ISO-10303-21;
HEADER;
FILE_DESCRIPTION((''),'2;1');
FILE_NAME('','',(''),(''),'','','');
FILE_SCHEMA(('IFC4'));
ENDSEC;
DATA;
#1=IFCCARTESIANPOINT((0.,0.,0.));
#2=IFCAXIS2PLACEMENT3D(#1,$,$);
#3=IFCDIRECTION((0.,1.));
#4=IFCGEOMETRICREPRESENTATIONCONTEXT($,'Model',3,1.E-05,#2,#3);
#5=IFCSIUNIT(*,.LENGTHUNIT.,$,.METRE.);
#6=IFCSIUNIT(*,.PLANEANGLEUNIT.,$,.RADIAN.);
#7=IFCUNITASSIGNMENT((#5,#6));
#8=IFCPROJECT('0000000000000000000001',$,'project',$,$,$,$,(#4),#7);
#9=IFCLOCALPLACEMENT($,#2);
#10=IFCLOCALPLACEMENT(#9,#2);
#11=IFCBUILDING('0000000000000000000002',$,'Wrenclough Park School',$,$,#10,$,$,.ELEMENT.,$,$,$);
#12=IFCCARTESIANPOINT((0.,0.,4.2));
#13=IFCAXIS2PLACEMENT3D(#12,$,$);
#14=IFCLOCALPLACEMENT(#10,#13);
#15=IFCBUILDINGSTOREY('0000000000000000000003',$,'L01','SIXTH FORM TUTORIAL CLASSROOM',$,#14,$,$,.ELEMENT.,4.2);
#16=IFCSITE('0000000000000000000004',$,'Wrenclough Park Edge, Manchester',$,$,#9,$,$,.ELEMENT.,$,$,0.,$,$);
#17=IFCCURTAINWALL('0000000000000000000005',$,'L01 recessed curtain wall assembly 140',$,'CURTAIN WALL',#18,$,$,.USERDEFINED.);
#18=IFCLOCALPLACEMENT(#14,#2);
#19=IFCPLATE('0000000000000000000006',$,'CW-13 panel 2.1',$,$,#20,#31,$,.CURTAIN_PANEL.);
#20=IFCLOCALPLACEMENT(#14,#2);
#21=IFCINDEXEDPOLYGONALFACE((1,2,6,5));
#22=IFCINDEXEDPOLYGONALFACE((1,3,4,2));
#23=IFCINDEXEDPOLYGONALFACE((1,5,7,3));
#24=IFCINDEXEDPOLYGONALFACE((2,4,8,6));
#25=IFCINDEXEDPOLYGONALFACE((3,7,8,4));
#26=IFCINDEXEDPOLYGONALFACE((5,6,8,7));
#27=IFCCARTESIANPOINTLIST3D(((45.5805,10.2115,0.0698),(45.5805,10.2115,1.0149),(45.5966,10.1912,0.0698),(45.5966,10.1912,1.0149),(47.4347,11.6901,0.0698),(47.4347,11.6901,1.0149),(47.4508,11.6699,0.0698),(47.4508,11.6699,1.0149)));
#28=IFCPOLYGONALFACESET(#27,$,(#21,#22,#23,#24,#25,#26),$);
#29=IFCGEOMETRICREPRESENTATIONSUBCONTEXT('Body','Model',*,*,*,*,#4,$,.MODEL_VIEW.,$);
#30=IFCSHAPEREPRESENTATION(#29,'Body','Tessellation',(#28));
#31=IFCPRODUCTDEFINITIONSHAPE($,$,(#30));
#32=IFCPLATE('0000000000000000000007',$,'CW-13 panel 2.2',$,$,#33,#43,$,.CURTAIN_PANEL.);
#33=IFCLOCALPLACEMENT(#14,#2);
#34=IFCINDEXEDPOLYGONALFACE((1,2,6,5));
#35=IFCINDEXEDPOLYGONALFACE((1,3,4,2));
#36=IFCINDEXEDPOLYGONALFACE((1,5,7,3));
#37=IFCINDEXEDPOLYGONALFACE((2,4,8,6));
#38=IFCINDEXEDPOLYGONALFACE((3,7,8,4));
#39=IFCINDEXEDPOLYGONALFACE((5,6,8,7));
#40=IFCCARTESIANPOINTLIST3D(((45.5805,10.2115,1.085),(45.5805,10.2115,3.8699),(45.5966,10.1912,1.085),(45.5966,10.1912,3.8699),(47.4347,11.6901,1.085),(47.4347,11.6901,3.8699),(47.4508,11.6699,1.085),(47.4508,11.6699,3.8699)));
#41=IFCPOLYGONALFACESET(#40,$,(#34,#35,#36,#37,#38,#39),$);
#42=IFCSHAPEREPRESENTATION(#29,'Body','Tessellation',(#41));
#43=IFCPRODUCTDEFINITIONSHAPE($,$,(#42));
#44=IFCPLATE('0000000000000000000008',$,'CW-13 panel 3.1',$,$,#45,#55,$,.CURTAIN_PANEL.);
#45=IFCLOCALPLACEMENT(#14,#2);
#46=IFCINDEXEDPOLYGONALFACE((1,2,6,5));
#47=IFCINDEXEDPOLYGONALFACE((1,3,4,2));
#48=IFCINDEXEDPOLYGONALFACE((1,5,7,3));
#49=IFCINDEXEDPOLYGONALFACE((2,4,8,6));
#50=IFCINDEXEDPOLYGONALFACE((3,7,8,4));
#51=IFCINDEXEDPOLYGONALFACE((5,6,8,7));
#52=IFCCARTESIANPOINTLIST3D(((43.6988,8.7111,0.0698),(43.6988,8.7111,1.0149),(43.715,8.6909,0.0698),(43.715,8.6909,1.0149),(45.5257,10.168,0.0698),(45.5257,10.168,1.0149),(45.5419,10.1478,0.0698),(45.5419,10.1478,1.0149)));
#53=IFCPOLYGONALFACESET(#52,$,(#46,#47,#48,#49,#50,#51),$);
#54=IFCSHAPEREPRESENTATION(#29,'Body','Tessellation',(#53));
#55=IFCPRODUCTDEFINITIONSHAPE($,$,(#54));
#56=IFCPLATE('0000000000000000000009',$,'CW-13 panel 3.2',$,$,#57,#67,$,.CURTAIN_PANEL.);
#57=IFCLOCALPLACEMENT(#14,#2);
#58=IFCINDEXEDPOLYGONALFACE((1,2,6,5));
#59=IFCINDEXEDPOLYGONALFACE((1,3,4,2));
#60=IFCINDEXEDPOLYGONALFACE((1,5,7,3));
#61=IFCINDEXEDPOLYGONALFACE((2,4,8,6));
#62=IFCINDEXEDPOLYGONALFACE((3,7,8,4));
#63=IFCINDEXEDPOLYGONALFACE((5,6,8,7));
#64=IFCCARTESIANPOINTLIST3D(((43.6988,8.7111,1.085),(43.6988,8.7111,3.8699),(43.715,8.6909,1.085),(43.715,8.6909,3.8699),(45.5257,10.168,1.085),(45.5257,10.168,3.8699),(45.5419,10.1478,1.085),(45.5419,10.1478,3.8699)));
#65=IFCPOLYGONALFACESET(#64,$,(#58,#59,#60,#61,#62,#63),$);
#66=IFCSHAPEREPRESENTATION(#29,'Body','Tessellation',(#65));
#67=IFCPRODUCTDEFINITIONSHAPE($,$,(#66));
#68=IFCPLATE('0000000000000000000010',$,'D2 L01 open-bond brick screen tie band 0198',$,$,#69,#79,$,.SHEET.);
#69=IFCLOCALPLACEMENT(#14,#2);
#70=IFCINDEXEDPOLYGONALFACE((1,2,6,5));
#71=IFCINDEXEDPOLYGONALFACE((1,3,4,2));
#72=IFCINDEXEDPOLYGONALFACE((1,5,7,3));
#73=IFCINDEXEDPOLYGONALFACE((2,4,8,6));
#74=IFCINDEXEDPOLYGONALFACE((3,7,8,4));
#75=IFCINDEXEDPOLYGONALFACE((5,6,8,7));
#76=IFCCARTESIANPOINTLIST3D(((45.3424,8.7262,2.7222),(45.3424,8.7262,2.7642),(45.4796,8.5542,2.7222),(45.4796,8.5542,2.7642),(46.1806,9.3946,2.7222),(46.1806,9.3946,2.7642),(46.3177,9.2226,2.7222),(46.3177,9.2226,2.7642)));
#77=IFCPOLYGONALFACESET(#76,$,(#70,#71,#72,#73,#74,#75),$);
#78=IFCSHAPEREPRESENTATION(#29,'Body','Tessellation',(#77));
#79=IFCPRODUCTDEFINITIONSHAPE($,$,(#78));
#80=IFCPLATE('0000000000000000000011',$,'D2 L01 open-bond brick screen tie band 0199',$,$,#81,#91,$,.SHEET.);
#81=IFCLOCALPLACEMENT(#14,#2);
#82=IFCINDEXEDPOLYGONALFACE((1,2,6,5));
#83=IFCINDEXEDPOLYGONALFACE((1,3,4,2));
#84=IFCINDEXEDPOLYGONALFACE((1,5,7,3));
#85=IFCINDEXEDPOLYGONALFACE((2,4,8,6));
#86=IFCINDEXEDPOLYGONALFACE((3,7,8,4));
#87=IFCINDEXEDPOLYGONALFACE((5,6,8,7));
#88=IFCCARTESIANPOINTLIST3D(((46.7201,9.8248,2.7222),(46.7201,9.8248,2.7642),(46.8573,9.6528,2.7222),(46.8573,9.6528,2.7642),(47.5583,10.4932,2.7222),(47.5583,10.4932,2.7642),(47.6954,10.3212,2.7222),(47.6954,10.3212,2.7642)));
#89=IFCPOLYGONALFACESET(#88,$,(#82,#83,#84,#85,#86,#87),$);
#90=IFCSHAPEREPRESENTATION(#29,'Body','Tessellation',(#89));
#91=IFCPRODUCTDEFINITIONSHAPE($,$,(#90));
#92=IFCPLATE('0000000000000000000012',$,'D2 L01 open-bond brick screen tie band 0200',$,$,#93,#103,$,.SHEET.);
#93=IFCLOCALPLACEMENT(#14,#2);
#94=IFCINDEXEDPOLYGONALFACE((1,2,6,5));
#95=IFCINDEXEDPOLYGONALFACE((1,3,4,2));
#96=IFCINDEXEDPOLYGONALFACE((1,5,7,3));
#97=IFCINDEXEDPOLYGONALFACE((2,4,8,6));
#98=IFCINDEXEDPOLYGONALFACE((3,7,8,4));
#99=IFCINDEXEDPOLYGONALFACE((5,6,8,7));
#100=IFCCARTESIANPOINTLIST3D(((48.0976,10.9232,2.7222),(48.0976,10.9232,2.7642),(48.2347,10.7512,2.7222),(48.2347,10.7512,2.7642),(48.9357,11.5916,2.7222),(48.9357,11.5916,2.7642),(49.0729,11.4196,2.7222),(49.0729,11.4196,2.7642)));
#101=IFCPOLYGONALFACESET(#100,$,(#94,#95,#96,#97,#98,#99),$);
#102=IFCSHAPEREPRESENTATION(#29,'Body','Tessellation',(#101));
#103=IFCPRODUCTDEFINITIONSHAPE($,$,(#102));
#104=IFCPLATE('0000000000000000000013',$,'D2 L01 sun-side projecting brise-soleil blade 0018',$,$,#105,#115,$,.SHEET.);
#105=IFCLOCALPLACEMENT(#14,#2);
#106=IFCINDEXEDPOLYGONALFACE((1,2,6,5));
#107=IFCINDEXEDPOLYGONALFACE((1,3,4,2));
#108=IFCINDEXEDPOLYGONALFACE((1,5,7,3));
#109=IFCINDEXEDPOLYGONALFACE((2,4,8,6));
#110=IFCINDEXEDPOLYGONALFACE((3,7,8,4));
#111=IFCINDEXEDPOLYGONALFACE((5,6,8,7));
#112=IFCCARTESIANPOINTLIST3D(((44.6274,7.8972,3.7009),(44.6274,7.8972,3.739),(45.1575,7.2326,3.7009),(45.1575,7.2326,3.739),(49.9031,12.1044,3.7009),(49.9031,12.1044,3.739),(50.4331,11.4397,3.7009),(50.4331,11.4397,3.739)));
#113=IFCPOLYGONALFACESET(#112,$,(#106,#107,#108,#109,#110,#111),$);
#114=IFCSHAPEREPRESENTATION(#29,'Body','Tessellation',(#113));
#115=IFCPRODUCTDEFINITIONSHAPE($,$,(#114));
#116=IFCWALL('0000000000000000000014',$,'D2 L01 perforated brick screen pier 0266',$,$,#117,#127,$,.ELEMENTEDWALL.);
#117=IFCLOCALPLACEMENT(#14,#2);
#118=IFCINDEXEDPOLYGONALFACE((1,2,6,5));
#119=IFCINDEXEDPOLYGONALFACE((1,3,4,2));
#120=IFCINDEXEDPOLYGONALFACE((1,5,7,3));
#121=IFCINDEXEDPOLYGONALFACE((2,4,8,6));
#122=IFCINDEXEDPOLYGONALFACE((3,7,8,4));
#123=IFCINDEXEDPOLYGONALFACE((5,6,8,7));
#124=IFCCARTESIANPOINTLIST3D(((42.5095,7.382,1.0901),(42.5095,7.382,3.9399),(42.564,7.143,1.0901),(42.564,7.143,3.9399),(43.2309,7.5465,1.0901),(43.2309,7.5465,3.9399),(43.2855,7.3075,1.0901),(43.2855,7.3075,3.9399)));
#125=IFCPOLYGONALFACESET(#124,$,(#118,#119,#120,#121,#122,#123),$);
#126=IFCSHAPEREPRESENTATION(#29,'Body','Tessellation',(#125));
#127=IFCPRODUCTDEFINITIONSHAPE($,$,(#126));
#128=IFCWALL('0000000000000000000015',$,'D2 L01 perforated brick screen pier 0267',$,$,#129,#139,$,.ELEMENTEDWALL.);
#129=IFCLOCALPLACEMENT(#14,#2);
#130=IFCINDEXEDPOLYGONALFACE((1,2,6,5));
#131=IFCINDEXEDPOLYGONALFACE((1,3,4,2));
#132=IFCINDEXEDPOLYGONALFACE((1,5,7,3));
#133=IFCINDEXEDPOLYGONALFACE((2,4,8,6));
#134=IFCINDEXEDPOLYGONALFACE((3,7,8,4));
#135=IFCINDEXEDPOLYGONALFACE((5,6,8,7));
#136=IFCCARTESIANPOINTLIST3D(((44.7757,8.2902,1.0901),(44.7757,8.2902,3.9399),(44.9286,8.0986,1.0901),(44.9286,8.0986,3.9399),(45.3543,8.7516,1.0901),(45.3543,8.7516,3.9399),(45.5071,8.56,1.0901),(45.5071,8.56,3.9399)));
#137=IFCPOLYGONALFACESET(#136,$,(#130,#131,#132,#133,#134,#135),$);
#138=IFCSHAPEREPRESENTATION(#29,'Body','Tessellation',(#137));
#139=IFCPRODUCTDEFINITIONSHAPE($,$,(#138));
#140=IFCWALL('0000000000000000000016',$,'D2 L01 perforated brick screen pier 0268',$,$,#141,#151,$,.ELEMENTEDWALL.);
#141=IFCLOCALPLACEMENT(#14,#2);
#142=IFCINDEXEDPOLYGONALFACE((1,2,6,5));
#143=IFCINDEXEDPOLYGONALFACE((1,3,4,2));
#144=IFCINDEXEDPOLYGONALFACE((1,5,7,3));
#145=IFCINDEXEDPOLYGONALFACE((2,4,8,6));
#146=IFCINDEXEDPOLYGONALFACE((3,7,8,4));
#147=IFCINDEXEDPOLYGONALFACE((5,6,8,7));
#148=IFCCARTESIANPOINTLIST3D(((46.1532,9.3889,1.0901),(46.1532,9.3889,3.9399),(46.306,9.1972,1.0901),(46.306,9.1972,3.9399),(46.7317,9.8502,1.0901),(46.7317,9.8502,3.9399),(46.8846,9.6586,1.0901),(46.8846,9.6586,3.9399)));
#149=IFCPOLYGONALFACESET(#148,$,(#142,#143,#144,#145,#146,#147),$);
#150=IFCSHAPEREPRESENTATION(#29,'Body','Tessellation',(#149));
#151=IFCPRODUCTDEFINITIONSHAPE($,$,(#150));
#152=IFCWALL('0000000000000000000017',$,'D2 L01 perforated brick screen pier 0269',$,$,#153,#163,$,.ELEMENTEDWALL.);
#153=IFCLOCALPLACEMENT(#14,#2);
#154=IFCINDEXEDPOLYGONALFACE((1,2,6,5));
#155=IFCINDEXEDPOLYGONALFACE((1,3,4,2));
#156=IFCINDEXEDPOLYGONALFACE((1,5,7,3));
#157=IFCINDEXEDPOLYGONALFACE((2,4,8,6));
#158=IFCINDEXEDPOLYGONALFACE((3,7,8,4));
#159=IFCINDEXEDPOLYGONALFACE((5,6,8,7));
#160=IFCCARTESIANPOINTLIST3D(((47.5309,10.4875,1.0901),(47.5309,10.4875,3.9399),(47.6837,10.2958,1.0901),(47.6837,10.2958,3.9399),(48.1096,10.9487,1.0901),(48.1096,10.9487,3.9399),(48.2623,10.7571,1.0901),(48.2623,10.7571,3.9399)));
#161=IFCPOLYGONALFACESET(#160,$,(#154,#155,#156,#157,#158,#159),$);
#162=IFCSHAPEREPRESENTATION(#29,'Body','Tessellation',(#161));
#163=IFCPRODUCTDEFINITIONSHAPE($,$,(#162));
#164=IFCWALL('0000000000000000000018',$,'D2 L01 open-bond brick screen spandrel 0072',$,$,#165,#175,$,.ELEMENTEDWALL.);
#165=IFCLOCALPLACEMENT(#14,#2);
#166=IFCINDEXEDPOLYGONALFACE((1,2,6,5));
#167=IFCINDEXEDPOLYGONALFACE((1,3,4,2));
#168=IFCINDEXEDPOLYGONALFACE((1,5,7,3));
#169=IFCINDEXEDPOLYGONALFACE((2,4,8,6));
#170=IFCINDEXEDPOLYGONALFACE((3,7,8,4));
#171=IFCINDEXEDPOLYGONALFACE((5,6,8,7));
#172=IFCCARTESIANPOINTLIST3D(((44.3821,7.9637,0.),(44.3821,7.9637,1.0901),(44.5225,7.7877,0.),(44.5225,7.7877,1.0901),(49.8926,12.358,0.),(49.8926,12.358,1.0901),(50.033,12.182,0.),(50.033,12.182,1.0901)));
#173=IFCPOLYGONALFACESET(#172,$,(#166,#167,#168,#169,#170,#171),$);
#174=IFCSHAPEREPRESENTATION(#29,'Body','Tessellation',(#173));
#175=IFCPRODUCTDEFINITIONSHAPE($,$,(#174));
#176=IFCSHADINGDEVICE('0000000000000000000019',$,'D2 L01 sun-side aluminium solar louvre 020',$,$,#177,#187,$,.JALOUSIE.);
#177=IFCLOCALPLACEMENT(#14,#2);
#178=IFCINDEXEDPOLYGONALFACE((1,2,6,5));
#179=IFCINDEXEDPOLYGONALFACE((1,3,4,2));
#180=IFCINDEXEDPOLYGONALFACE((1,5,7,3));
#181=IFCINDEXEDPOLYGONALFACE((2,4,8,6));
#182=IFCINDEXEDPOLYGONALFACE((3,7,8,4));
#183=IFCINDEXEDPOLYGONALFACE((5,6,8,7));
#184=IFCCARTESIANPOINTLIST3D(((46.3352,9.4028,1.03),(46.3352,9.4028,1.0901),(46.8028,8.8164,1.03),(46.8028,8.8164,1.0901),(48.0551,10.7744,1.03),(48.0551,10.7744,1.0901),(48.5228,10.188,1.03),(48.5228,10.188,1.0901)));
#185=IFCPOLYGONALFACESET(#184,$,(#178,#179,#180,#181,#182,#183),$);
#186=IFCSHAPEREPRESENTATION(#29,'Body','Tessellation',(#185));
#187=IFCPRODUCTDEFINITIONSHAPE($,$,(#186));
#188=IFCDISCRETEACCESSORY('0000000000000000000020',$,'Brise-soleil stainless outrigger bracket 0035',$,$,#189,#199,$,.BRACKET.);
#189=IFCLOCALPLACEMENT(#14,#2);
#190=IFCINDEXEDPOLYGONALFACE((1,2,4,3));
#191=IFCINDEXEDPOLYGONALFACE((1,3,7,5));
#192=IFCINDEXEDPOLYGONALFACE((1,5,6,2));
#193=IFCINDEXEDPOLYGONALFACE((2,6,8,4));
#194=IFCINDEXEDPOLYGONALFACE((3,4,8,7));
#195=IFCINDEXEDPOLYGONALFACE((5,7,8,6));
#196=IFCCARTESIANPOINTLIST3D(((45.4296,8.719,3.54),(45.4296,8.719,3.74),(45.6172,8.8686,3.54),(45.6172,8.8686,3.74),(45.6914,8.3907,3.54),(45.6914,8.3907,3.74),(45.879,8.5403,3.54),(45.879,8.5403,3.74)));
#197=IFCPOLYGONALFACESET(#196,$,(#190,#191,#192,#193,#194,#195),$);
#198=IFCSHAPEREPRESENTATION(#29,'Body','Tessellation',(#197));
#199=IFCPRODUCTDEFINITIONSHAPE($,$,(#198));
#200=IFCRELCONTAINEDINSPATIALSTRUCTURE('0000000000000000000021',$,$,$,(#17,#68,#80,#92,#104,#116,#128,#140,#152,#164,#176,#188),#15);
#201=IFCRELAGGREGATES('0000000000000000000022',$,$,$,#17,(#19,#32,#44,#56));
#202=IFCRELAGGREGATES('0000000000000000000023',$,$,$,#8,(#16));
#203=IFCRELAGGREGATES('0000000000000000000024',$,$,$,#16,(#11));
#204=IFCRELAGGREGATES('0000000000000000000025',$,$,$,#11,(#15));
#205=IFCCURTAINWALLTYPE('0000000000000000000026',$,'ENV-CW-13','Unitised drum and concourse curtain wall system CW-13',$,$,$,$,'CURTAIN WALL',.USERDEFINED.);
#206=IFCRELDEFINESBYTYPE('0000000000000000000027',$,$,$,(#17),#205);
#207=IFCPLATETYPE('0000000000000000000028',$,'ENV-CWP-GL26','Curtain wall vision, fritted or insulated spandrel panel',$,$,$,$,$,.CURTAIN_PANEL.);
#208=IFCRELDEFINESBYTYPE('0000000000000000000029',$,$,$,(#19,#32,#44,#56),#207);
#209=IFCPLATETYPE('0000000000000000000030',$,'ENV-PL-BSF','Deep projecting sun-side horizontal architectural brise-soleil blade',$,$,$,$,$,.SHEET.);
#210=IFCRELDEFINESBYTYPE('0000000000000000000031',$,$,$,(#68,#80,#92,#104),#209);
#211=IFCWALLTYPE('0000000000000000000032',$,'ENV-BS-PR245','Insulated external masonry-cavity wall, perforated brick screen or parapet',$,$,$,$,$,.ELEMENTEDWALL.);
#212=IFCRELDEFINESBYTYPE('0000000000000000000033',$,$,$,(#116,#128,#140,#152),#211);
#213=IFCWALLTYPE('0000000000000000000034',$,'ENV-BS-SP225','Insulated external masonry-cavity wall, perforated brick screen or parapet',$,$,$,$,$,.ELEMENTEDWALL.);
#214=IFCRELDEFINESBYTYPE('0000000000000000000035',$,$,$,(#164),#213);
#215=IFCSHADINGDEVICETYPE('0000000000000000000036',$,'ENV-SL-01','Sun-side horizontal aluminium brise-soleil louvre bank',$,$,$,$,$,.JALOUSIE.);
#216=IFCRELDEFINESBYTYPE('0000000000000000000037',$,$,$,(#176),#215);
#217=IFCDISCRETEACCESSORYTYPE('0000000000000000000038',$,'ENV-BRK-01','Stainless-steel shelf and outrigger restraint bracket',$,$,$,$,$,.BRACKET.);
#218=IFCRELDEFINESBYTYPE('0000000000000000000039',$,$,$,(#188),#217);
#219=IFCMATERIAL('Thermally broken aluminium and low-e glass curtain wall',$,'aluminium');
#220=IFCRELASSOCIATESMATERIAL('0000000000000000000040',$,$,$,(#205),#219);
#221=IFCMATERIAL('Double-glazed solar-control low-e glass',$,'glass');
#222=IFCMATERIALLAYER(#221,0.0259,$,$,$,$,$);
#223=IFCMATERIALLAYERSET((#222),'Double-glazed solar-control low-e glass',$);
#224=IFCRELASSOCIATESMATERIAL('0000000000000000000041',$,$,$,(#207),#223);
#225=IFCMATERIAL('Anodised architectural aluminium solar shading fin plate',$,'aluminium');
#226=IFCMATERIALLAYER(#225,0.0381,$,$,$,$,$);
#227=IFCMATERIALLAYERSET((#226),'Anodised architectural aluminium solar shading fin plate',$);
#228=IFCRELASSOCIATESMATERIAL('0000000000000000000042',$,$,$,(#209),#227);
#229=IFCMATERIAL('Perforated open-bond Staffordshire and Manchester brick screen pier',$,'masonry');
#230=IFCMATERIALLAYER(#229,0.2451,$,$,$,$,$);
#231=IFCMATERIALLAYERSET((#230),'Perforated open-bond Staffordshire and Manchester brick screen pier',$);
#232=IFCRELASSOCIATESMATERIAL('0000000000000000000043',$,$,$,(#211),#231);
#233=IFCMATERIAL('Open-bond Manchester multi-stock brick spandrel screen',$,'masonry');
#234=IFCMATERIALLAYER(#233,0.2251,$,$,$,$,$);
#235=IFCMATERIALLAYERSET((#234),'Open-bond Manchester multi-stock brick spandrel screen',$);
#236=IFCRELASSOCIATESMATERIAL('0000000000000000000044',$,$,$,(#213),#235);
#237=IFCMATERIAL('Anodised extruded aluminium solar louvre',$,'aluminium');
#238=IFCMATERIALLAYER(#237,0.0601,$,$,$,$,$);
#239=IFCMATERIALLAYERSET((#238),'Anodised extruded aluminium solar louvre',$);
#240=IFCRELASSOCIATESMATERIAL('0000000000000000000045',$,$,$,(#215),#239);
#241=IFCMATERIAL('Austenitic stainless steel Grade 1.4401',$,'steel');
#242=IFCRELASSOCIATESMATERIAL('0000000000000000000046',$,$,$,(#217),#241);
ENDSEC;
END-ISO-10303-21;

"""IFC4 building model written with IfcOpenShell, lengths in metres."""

from ifc_helpers import new_model, si_unit, direction, frame, frame_2d, origin, origin_2d, place, context, subcontext, project, spatial, rectangle, extrude, material, layer, layer_set, type_object, element, aggregate, save


model = new_model("IFC4")

# Units and contexts
model_context = context("Model", 3, precision=1e-05, world=origin(), true_north=direction((0.0, 1.0)))
body_context = subcontext(model_context, "Body", "Model", "MODEL_VIEW")
ifc_project = project(units=[si_unit("LENGTHUNIT", "METRE"), si_unit("PLANEANGLEUNIT", "RADIAN")], contexts=[model_context])

# Site, building, storey
site_placement = place(None, origin())
site = spatial("IfcSite", under=ifc_project, at=site_placement, Name="Wrenclough Park Edge, Manchester", CompositionType="ELEMENT", RefElevation=0.0)
building_placement = place(site_placement, origin())
building = spatial("IfcBuilding", under=site, at=building_placement, Name="Wrenclough Park School", CompositionType="ELEMENT")
storey_placement = place(building_placement, frame((0.0, 0.0, 4.2)))
storey = spatial("IfcBuildingStorey", under=building, at=storey_placement, Name="L01", Description="SIXTH FORM TUTORIAL CLASSROOM", CompositionType="ELEMENT", Elevation=4.2)

# Shared definitions
ifc_material_1 = material(Name="Thermally broken aluminium and low-e glass curtain wall", Category="aluminium")

# Curtain wall
curtain_wall_type_1 = type_object("IfcCurtainWallType", Name="ENV-CW-13", Description="Unitised drum and concourse curtain wall system CW-13", ElementType="CURTAIN WALL", PredefinedType="USERDEFINED", material=ifc_material_1)
curtain_wall_1_placement = place(storey_placement, origin())
curtain_wall_1 = element("IfcCurtainWall", 1, at=curtain_wall_1_placement, inside=storey, type_object=curtain_wall_type_1, Name="L01 recessed curtain wall assembly 140", ObjectType="CURTAIN WALL", PredefinedType="USERDEFINED")

# Plates
ifc_material_2 = material(Name="Double-glazed solar-control low-e glass", Category="glass")
ifc_layer_1 = layer(ifc_material_2, 0.0259)
ifc_layer_set_1 = layer_set([ifc_layer_1], Name="Double-glazed solar-control low-e glass")
plate_type_1 = type_object("IfcPlateType", Name="ENV-CWP-GL26", Description="Curtain wall vision, fritted or insulated spandrel panel", PredefinedType="CURTAIN_PANEL", material=ifc_layer_set_1)
plate_1_placement = place(storey_placement, frame((46.5156, 10.9407, 0.0698), z_axis=(0.0, 0.0, 1.0), x_axis=(-0.781836, -0.623484, 0.0)))
plate_1 = element("IfcPlate", 2, at=plate_1_placement, type_object=plate_type_1, Name="CW-13 panel 2.1", PredefinedType="CURTAIN_PANEL", context=body_context, shape_type="SweptSolid", body=[
    extrude(rectangle(XDim=2.3716, YDim=0.0259, at=origin_2d()), origin(), (0.0, 0.0, 1.0), 0.9451),
])
plate_2_placement = place(storey_placement, frame((46.5156, 10.9407, 1.085), z_axis=(0.0, 0.0, 1.0), x_axis=(-0.781836, -0.623484, 0.0)))
plate_2 = element("IfcPlate", 3, at=plate_2_placement, type_object=plate_type_1, Name="CW-13 panel 2.2", PredefinedType="CURTAIN_PANEL", context=body_context, shape_type="SweptSolid", body=[
    extrude(rectangle(XDim=2.3716, YDim=0.0259, at=origin_2d()), origin(), (0.0, 0.0, 1.0), 2.7849),
])
plate_3_placement = place(storey_placement, frame((44.6204, 9.4294, 0.0698), z_axis=(0.0, 0.0, 1.0), x_axis=(-0.781836, -0.623484, 0.0)))
plate_3 = element("IfcPlate", 4, at=plate_3_placement, type_object=plate_type_1, Name="CW-13 panel 3.1", PredefinedType="CURTAIN_PANEL", context=body_context, shape_type="SweptSolid", body=[
    extrude(rectangle(XDim=2.3367, YDim=0.0259, at=origin_2d()), origin(), (0.0, 0.0, 1.0), 0.9451),
])
plate_4_placement = place(storey_placement, frame((44.6204, 9.4294, 1.085), z_axis=(0.0, 0.0, 1.0), x_axis=(-0.781836, -0.623484, 0.0)))
plate_4 = element("IfcPlate", 5, at=plate_4_placement, type_object=plate_type_1, Name="CW-13 panel 3.2", PredefinedType="CURTAIN_PANEL", context=body_context, shape_type="SweptSolid", body=[
    extrude(rectangle(XDim=2.3367, YDim=0.0259, at=origin_2d()), origin(), (0.0, 0.0, 1.0), 2.7849),
])
aggregate(curtain_wall_1, [plate_1, plate_2, plate_3, plate_4])

# Plates
ifc_material_3 = material(Name="Anodised architectural aluminium solar shading fin plate", Category="aluminium")
ifc_layer_2 = layer(ifc_material_3, 0.0381)
ifc_layer_set_2 = layer_set([ifc_layer_2], Name="Anodised architectural aluminium solar shading fin plate")
plate_type_2 = type_object("IfcPlateType", Name="ENV-PL-BSF", Description="Deep projecting sun-side horizontal architectural brise-soleil blade", PredefinedType="SHEET", material=ifc_layer_set_2)
for number, where, z_axis, x_axis, name in (
    (6, (45.8301, 8.9744, 2.7222), (0.0, 0.0, 1.0), (0.781833, 0.623488, 0.0), "D2 L01 open-bond brick screen tie band 0198"),
    (7, (47.2078, 10.073, 2.7222), (0.0, 0.0, 1.0), (0.781833, 0.623488, 0.0), "D2 L01 open-bond brick screen tie band 0199"),
    (8, (48.5852, 11.1714, 2.7222), (0.0, 0.0, 1.0), (0.781833, 0.623488, 0.0), "D2 L01 open-bond brick screen tie band 0200"),
):
    element("IfcPlate", number, at=place(storey_placement, frame(where, z_axis=z_axis, x_axis=x_axis)), inside=storey, type_object=plate_type_2, Name=name, PredefinedType="SHEET", context=body_context, shape_type="SweptSolid", body=[
        extrude(rectangle(XDim=1.072, YDim=0.22, at=origin_2d()), origin(), (0.0, 0.0, 1.0), 0.042),
    ])
plate_5_placement = place(storey_placement, frame((47.5303, 9.6685, 3.7009), z_axis=(0.0, 0.0, 1.0), x_axis=(0.781833, 0.623488, 0.0)))
element("IfcPlate", 9, at=plate_5_placement, inside=storey, type_object=plate_type_2, Name="D2 L01 sun-side projecting brise-soleil blade 0018", PredefinedType="SHEET", context=body_context, shape_type="SweptSolid", body=[
    extrude(rectangle(XDim=6.7478, YDim=0.8501, at=origin_2d()), origin(), (0.0, 0.0, 1.0), 0.0381),
])

# Walls
ifc_material_4 = material(Name="Perforated open-bond Staffordshire and Manchester brick screen pier", Category="masonry")
ifc_layer_3 = layer(ifc_material_4, 0.2451)
ifc_layer_set_3 = layer_set([ifc_layer_3], Name="Perforated open-bond Staffordshire and Manchester brick screen pier")
wall_type_1 = type_object("IfcWallType", Name="ENV-BS-PR245", Description="Insulated external masonry-cavity wall, perforated brick screen or parapet", PredefinedType="ELEMENTEDWALL", material=ifc_layer_set_3)
for number, where, z_axis, x_axis, name in (
    (10, (42.5366, 7.2625, 1.0901), (0.0, 0.0, 1.0), (0.974961, 0.222377, 0.0), "D2 L01 perforated brick screen pier 0266"),
    (11, (44.8521, 8.1943, 1.0901), (0.0, 0.0, 1.0), (0.781833, 0.623487, 0.0), "D2 L01 perforated brick screen pier 0267"),
    (12, (46.2295, 9.293, 1.0901), (0.0, 0.0, 1.0), (0.781833, 0.623487, 0.0), "D2 L01 perforated brick screen pier 0268"),
    (13, (47.6072, 10.3916, 1.0901), (0.0, 0.0, 1.0), (0.781994, 0.623286, 0.0), "D2 L01 perforated brick screen pier 0269"),
):
    element("IfcWall", number, at=place(storey_placement, frame(where, z_axis=z_axis, x_axis=x_axis)), inside=storey, type_object=wall_type_1, Name=name, PredefinedType="ELEMENTEDWALL", context=body_context, shape_type="SweptSolid", body=[
        extrude(rectangle(XDim=0.74, YDim=0.2451, at=frame_2d((0.3701, 0.0))), origin(), (0.0, 0.0, 1.0), 2.8499),
    ])
ifc_material_5 = material(Name="Open-bond Manchester multi-stock brick spandrel screen", Category="masonry")
ifc_layer_4 = layer(ifc_material_5, 0.2251)
ifc_layer_set_4 = layer_set([ifc_layer_4], Name="Open-bond Manchester multi-stock brick spandrel screen")
wall_type_2 = type_object("IfcWallType", Name="ENV-BS-SP225", Description="Insulated external masonry-cavity wall, perforated brick screen or parapet", PredefinedType="ELEMENTEDWALL", material=ifc_layer_set_4)
wall_placement = place(storey_placement, frame((44.4524, 7.8757, 0.0), z_axis=(0.0, 0.0, 1.0), x_axis=(0.781845, 0.623473, 0.0)))
element("IfcWall", 14, at=wall_placement, inside=storey, type_object=wall_type_2, Name="D2 L01 open-bond brick screen spandrel 0072", PredefinedType="ELEMENTEDWALL", context=body_context, shape_type="SweptSolid", body=[
    extrude(rectangle(XDim=7.0481, YDim=0.2251, at=frame_2d((3.5239, 0.0))), origin(), (0.0, 0.0, 1.0), 1.0901),
])

# Shading device
ifc_material_6 = material(Name="Anodised extruded aluminium solar louvre", Category="aluminium")
ifc_layer_5 = layer(ifc_material_6, 0.0601)
ifc_layer_set_5 = layer_set([ifc_layer_5], Name="Anodised extruded aluminium solar louvre")
shading_device_type = type_object("IfcShadingDeviceType", Name="ENV-SL-01", Description="Sun-side horizontal aluminium brise-soleil louvre bank", PredefinedType="JALOUSIE", material=ifc_layer_set_5)
shading_device_placement = place(storey_placement, frame((47.429, 9.7954, 1.03), z_axis=(0.0, 0.0, 1.0), x_axis=(0.781833, 0.623488, 0.0)))
element("IfcShadingDevice", 15, at=shading_device_placement, inside=storey, type_object=shading_device_type, Name="D2 L01 sun-side aluminium solar louvre 020", PredefinedType="JALOUSIE", context=body_context, shape_type="SweptSolid", body=[
    extrude(rectangle(XDim=2.2, YDim=0.75, at=origin_2d()), origin(), (0.0, 0.0, 1.0), 0.0601),
])

# Discrete accessory
ifc_material_7 = material(Name="Austenitic stainless steel Grade 1.4401", Category="steel")
discrete_accessory_type = type_object("IfcDiscreteAccessoryType", Name="ENV-BRK-01", Description="Stainless-steel shelf and outrigger restraint bracket", PredefinedType="BRACKET", material=ifc_material_7)
discrete_accessory_placement = place(storey_placement, frame((45.6543, 8.6296, 3.54), z_axis=(0.0, 0.0, 1.0), x_axis=(0.781833, 0.623488, 0.0)))
element("IfcDiscreteAccessory", 16, at=discrete_accessory_placement, inside=storey, type_object=discrete_accessory_type, Name="Brise-soleil stainless outrigger bracket 0035", PredefinedType="BRACKET", context=body_context, shape_type="SweptSolid", body=[
    extrude(rectangle(XDim=0.24, YDim=0.4199, at=origin_2d()), origin(), (0.0, 0.0, 1.0), 0.2),
])

save(model, "model.ifc")
